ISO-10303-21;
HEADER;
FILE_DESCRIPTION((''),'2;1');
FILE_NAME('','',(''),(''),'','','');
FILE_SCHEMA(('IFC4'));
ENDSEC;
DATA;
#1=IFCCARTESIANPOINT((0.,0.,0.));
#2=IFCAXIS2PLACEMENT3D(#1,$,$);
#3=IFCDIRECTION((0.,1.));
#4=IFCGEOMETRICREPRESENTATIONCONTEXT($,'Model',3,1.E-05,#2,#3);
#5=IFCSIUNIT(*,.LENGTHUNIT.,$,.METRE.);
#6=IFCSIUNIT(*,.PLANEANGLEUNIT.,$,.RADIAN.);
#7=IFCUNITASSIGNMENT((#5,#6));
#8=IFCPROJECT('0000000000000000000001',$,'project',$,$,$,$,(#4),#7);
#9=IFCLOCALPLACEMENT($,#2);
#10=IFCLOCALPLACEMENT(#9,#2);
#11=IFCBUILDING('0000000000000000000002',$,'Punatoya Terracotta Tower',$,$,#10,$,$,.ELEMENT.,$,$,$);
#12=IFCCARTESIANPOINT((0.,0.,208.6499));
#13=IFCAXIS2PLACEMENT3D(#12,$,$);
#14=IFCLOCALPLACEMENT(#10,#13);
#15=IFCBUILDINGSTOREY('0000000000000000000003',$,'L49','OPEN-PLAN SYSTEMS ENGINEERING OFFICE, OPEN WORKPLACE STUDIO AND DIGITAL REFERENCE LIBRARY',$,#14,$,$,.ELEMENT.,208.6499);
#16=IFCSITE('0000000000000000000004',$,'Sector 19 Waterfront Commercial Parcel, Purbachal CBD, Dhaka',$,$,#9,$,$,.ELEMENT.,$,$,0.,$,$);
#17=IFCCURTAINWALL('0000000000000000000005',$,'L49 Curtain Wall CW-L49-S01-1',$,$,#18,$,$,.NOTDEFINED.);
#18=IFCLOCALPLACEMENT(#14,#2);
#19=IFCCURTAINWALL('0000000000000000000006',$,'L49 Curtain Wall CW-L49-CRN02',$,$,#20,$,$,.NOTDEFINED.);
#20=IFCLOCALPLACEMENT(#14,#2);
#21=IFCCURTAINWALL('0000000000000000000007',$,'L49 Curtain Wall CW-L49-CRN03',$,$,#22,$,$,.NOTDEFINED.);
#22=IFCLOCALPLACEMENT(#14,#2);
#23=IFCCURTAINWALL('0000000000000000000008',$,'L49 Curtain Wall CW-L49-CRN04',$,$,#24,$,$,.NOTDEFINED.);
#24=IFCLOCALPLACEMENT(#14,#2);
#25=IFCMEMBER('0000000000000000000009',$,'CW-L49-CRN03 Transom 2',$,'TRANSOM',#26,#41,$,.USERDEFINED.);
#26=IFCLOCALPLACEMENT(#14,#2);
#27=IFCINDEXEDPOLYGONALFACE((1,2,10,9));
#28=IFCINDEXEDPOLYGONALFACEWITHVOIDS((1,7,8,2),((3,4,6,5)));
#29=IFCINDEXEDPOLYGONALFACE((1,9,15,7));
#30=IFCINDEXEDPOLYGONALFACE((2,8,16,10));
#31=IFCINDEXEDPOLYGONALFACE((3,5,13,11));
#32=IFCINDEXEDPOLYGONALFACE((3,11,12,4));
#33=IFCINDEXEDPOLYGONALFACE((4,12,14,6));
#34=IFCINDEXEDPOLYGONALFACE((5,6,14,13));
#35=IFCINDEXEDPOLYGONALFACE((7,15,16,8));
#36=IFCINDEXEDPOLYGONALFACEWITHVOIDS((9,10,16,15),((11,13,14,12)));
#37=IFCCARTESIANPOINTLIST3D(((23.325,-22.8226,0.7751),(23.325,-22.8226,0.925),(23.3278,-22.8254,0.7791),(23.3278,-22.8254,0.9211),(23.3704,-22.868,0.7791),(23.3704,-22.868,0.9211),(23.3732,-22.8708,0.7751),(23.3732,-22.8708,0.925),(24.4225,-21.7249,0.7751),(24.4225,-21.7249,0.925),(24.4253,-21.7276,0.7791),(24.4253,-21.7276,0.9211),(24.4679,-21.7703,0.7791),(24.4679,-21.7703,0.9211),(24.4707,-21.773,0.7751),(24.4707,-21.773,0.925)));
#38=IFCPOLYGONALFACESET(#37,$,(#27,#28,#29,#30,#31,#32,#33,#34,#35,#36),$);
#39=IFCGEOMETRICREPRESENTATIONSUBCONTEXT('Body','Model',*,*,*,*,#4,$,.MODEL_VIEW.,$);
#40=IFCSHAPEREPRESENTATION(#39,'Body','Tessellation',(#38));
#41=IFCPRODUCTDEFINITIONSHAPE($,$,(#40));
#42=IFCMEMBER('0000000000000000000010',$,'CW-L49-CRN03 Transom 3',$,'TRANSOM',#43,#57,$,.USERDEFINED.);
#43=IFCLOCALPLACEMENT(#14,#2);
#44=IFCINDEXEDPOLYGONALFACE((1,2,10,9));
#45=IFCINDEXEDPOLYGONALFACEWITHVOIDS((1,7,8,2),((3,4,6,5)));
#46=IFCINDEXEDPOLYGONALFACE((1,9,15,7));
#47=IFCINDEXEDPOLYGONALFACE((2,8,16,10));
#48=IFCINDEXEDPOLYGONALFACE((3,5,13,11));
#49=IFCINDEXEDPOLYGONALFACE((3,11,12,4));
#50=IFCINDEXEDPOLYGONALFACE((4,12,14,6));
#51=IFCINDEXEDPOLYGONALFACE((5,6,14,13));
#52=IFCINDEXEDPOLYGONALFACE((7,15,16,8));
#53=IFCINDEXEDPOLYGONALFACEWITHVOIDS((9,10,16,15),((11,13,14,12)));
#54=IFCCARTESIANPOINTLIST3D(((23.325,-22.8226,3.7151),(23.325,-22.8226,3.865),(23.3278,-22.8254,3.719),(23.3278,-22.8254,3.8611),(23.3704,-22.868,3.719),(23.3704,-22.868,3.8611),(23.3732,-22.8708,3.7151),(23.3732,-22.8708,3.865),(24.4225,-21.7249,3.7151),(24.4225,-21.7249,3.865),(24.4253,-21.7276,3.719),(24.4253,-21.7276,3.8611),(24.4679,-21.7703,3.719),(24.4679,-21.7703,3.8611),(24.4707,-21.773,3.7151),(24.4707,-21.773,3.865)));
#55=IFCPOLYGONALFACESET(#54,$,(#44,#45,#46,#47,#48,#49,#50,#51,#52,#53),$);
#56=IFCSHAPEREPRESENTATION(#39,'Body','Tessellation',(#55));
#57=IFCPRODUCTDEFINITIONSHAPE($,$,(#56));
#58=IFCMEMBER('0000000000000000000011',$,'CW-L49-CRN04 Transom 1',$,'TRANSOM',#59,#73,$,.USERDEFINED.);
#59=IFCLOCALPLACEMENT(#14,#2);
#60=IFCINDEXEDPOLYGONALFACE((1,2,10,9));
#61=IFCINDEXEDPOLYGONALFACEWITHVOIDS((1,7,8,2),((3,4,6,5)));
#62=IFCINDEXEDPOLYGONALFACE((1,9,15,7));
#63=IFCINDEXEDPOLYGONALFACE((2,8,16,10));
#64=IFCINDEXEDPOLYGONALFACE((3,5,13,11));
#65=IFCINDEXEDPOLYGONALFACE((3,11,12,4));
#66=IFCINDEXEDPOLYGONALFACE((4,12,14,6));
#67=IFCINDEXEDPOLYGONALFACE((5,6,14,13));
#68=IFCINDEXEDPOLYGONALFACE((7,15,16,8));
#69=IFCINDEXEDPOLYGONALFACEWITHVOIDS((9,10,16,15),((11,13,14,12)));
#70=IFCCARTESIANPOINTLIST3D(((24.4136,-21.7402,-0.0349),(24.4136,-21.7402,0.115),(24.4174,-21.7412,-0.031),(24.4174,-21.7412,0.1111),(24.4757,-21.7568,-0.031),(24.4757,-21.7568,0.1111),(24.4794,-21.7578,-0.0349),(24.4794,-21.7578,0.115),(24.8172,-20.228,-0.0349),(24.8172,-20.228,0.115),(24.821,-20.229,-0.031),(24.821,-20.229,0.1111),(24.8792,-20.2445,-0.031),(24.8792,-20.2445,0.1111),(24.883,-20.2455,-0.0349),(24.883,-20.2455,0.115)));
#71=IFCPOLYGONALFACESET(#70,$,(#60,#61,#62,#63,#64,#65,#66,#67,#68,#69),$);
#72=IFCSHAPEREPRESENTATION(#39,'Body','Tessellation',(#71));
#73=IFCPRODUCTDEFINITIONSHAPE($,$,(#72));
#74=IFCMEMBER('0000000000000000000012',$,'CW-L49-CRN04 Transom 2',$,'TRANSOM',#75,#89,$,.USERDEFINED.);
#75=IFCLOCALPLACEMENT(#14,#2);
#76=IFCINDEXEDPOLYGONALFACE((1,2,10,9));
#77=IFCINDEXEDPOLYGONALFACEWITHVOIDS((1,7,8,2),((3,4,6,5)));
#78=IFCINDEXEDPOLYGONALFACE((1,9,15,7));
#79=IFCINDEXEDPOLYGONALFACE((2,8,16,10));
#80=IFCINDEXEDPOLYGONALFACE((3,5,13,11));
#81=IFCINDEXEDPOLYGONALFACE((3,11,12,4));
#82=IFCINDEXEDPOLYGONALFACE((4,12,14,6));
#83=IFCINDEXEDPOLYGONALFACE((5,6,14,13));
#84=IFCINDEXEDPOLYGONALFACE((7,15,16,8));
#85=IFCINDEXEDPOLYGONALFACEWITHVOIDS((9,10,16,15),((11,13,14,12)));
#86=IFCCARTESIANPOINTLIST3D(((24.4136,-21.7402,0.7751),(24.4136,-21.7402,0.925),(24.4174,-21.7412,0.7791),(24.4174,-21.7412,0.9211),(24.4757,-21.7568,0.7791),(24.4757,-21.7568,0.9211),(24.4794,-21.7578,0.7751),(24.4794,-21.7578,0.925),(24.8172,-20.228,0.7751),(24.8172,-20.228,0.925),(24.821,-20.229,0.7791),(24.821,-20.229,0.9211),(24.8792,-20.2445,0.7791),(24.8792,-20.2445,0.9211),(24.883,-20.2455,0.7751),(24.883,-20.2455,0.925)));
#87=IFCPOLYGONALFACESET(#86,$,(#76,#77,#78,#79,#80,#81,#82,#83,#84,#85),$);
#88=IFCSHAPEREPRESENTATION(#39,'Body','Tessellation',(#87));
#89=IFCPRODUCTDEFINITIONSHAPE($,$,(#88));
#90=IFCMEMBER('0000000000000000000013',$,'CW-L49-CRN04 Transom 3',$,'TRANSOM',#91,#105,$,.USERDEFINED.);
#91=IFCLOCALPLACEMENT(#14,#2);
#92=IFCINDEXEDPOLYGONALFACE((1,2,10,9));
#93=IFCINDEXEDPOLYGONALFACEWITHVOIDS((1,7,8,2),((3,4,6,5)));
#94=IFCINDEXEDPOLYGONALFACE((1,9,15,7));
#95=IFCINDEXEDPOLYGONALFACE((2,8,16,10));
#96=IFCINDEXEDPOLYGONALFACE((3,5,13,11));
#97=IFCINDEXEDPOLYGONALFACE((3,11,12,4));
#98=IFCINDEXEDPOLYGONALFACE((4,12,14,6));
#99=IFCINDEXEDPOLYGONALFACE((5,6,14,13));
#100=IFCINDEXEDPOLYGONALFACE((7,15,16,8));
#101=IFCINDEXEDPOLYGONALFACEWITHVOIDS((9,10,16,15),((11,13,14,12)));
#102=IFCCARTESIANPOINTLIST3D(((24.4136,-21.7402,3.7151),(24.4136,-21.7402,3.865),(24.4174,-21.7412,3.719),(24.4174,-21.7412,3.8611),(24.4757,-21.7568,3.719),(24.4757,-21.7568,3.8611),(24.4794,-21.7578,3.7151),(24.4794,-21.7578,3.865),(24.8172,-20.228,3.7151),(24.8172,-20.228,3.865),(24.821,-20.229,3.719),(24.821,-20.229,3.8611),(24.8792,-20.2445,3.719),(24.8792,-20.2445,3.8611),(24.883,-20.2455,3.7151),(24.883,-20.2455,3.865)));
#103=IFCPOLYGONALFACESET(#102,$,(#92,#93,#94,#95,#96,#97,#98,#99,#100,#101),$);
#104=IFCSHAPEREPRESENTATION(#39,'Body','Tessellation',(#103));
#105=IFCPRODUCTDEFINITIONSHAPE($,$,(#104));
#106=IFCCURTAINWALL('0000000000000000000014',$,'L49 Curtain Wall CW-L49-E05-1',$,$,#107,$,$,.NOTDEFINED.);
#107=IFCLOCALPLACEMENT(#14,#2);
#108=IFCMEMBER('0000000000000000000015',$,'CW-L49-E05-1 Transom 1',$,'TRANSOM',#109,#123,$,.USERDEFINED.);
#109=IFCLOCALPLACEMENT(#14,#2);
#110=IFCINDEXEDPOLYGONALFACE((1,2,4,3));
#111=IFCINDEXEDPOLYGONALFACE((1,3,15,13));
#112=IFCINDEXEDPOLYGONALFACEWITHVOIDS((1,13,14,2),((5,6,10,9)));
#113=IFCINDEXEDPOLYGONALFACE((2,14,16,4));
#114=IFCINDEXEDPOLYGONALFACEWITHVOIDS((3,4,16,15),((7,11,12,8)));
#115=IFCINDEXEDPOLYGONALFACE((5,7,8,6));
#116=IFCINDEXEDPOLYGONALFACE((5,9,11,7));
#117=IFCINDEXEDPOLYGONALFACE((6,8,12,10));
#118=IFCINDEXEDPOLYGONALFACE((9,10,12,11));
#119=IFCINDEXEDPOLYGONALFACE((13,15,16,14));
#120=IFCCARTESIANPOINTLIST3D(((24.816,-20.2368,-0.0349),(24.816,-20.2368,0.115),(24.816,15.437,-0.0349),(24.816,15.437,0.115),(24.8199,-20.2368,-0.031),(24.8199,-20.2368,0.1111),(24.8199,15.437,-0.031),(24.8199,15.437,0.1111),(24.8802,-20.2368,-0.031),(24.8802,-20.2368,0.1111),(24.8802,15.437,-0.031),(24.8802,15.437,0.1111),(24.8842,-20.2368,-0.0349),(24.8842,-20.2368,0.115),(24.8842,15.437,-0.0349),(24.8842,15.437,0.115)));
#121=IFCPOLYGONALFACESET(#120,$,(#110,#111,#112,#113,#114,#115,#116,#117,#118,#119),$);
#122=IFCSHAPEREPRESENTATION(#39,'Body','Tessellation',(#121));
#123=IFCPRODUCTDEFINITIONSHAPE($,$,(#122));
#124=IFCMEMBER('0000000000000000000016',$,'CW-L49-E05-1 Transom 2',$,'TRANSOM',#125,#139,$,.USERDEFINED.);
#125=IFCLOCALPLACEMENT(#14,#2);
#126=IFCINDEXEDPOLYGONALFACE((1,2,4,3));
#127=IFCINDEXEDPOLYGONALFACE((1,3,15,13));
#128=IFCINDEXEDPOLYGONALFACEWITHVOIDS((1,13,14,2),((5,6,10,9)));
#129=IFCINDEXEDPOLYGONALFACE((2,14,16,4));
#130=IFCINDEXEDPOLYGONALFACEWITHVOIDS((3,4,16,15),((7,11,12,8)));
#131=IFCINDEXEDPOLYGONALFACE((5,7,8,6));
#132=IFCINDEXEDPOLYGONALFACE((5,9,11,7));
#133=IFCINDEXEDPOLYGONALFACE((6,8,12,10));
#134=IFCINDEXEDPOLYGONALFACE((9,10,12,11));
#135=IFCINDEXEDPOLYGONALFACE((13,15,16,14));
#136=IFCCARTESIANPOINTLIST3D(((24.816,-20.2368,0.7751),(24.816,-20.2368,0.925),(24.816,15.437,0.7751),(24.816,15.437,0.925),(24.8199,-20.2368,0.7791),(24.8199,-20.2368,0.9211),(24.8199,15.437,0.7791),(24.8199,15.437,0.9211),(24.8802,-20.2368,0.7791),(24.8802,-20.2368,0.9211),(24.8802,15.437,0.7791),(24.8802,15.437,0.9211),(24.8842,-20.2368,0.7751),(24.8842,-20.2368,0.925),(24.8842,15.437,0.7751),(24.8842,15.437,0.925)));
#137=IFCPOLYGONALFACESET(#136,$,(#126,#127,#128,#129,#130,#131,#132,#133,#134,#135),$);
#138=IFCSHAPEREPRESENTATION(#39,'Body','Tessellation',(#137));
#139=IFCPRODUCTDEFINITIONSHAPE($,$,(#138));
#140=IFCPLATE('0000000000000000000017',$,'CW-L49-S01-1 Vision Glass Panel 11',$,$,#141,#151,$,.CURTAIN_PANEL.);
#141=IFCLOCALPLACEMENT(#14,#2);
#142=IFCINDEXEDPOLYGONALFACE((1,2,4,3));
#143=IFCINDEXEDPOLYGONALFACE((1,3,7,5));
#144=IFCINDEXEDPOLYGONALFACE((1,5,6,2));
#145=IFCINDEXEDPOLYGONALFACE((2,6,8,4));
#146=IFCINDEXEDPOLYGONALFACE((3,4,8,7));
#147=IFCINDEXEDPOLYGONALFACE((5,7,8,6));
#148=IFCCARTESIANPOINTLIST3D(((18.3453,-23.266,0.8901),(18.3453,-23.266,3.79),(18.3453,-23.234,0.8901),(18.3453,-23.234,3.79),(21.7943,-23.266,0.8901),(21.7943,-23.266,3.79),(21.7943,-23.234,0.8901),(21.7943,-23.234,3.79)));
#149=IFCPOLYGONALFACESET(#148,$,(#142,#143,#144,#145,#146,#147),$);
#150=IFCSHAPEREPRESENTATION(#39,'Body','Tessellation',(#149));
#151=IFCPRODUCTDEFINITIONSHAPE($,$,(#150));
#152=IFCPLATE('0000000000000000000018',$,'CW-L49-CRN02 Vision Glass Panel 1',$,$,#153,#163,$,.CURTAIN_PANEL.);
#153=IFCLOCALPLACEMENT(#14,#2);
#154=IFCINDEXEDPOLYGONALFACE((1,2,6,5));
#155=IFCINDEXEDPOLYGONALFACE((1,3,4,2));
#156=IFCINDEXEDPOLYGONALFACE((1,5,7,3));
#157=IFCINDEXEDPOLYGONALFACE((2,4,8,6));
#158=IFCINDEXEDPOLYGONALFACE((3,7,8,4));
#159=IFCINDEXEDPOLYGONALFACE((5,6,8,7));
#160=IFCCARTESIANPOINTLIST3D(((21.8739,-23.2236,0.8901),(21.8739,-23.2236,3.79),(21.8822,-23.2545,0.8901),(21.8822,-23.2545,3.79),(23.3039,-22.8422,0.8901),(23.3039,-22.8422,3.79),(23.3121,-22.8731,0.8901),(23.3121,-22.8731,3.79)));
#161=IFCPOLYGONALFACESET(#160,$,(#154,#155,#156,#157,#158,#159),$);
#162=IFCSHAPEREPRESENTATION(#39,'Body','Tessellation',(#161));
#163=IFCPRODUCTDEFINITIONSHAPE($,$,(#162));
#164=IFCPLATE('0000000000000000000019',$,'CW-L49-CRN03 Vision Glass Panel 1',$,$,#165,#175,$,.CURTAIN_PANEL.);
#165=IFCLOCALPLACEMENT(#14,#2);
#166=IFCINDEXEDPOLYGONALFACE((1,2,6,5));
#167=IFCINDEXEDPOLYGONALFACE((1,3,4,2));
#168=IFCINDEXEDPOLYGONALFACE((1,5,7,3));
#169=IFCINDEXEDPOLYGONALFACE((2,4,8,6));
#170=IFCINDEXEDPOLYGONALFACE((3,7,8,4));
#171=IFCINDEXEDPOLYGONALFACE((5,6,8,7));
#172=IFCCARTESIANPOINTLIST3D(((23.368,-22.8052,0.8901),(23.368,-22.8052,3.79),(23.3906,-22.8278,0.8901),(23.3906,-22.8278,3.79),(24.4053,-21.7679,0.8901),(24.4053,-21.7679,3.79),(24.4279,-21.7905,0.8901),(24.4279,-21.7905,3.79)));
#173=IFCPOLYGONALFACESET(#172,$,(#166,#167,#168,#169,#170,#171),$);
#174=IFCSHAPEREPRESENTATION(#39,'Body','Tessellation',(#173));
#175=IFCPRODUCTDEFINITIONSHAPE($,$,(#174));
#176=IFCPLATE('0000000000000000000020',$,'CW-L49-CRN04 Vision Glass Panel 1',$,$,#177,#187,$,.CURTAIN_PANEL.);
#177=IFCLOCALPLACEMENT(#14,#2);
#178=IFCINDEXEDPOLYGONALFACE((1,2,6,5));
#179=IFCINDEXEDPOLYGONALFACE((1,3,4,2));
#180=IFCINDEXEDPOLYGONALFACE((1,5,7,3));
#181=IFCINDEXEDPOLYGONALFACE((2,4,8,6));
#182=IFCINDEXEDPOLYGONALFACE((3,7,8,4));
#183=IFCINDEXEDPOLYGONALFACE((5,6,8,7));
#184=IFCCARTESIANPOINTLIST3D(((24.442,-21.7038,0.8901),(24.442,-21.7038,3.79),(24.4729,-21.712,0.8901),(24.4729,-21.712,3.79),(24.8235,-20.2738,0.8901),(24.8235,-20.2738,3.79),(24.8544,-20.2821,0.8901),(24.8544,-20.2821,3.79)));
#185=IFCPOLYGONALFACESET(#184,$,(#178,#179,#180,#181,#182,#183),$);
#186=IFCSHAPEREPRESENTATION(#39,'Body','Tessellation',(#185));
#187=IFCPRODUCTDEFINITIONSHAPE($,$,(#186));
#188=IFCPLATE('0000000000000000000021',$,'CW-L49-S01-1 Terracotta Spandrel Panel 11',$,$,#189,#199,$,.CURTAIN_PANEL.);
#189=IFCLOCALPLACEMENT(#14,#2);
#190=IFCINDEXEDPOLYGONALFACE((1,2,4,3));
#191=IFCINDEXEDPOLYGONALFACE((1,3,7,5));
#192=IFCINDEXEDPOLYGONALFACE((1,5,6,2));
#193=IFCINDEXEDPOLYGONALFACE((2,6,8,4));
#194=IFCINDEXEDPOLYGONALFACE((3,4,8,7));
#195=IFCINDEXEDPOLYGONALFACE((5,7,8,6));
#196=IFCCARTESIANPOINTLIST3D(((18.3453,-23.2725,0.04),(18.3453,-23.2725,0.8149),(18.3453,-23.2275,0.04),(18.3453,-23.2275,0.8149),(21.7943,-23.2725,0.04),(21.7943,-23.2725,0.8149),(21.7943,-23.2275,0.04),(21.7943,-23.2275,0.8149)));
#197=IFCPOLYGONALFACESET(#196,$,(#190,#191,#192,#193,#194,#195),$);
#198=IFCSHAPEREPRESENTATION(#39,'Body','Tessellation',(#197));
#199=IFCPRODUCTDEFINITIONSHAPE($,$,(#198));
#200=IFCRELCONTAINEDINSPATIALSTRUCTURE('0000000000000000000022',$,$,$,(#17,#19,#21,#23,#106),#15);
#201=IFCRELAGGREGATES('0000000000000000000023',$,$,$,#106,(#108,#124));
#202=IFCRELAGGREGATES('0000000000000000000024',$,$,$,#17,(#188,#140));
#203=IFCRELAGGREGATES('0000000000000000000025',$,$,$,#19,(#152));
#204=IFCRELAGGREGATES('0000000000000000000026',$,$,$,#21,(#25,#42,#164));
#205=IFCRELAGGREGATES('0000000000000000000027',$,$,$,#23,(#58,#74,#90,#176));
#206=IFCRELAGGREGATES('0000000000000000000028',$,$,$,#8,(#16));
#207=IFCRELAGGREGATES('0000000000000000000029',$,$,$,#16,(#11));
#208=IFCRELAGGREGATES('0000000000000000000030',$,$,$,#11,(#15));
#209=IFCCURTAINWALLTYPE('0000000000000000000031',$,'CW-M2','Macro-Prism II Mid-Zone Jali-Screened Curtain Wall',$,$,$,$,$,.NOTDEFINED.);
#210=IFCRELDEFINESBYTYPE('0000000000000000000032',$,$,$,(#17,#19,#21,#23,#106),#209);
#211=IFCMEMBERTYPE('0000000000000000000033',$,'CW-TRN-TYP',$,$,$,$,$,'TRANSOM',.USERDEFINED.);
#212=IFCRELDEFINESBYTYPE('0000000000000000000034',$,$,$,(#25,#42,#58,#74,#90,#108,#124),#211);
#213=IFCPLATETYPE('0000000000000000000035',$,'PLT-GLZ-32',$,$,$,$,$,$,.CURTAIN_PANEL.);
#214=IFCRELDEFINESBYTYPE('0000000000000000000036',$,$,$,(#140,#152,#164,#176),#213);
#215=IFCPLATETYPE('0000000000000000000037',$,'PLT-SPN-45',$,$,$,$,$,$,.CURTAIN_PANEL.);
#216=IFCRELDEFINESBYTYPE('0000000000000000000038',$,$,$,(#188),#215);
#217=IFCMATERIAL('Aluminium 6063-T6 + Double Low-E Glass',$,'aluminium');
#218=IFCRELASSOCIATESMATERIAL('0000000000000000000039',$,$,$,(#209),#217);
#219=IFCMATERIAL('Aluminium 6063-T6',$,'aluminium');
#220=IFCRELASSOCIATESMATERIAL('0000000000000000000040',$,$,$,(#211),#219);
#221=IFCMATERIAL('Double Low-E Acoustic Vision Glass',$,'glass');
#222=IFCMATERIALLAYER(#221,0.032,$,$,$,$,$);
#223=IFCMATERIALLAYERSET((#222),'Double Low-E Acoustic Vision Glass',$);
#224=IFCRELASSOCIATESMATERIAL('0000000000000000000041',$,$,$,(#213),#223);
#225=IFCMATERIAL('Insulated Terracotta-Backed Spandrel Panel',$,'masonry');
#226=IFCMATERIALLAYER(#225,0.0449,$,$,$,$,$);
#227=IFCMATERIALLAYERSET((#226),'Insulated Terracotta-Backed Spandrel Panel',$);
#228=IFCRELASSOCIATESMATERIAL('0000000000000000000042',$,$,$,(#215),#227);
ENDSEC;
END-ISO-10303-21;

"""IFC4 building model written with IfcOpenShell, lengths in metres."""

from ifc_helpers import new_model, si_unit, direction, frame, origin, origin_2d, place, context, subcontext, project, spatial, rectangle, hollow_rectangle, extrude, material, layer, layer_set, material_profile, profile_set, type_object, element, aggregate, save


model = new_model("IFC4")

# Units and contexts
model_context = context("Model", 3, precision=1e-05, world=origin(), true_north=direction((0.0, 1.0)))
body_context = subcontext(model_context, "Body", "Model", "MODEL_VIEW")
ifc_project = project(units=[si_unit("LENGTHUNIT", "METRE"), si_unit("PLANEANGLEUNIT", "RADIAN")], contexts=[model_context])

# Site, building, storey
site_placement = place(None, origin())
site = spatial("IfcSite", under=ifc_project, at=site_placement, Name="Sector 19 Waterfront Commercial Parcel, Purbachal CBD, Dhaka", CompositionType="ELEMENT", RefElevation=0.0)
building_placement = place(site_placement, origin())
building = spatial("IfcBuilding", under=site, at=building_placement, Name="Punatoya Terracotta Tower", CompositionType="ELEMENT")
storey_placement = place(building_placement, frame((0.0, 0.0, 208.6499)))
storey = spatial("IfcBuildingStorey", under=building, at=storey_placement, Name="L49", Description="OPEN-PLAN SYSTEMS ENGINEERING OFFICE, OPEN WORKPLACE STUDIO AND DIGITAL REFERENCE LIBRARY", CompositionType="ELEMENT", Elevation=208.6499)

# Curtain wall
ifc_material_1 = material(Name="Aluminium 6063-T6 + Double Low-E Glass", Category="aluminium")
curtain_wall_type = type_object("IfcCurtainWallType", Name="CW-M2", Description="Macro-Prism II Mid-Zone Jali-Screened Curtain Wall", PredefinedType="NOTDEFINED", material=ifc_material_1)
curtain_wall_1_placement = place(storey_placement, origin())
curtain_wall_1 = element("IfcCurtainWall", 1, at=curtain_wall_1_placement, inside=storey, type_object=curtain_wall_type, Name="L49 Curtain Wall CW-L49-S01-1", PredefinedType="NOTDEFINED")
ifc_material_2 = material(Name="Aluminium 6063-T6", Category="aluminium")

# Curtain walls
curtain_wall_2_placement = place(storey_placement, origin())
curtain_wall_2 = element("IfcCurtainWall", 2, at=curtain_wall_2_placement, inside=storey, type_object=curtain_wall_type, Name="L49 Curtain Wall CW-L49-CRN02", PredefinedType="NOTDEFINED")
curtain_wall_3_placement = place(storey_placement, origin())
curtain_wall_3 = element("IfcCurtainWall", 3, at=curtain_wall_3_placement, inside=storey, type_object=curtain_wall_type, Name="L49 Curtain Wall CW-L49-CRN03", PredefinedType="NOTDEFINED")
curtain_wall_4_placement = place(storey_placement, origin())
curtain_wall_4 = element("IfcCurtainWall", 4, at=curtain_wall_4_placement, inside=storey, type_object=curtain_wall_type, Name="L49 Curtain Wall CW-L49-CRN04", PredefinedType="NOTDEFINED")

# Members
ifc_material_profile_1 = material_profile(ifc_material_2, hollow_rectangle(XDim=0.0681, YDim=0.1499, WallThickness=0.0039, at=origin_2d()))
ifc_profile_set_1 = profile_set([ifc_material_profile_1], Name="Aluminium 6063-T6")
member_type_1 = type_object("IfcMemberType", Name="CW-TRN-TYP", ElementType="TRANSOM", PredefinedType="USERDEFINED", material=ifc_profile_set_1)
member_1_placement = place(storey_placement, frame((23.3491, -22.8467, 0.8501), z_axis=(0.707028, 0.707185, 0.0), x_axis=(-0.707185, 0.707028, 0.0)))
member_1 = element("IfcMember", 5, at=member_1_placement, type_object=member_type_1, Name="CW-L49-CRN03 Transom 2", ObjectType="TRANSOM", PredefinedType="USERDEFINED", context=body_context, shape_type="SweptSolid", body=[
    extrude(hollow_rectangle(XDim=0.0681, YDim=0.1499, WallThickness=0.0039, at=origin_2d()), origin(), (0.0, 0.0, 1.0), 1.5522),
])
member_2_placement = place(storey_placement, frame((23.3491, -22.8467, 3.79), z_axis=(0.707028, 0.707185, 0.0), x_axis=(-0.707185, 0.707028, 0.0)))
member_2 = element("IfcMember", 6, at=member_2_placement, type_object=member_type_1, Name="CW-L49-CRN03 Transom 3", ObjectType="TRANSOM", PredefinedType="USERDEFINED", context=body_context, shape_type="SweptSolid", body=[
    extrude(hollow_rectangle(XDim=0.0681, YDim=0.1499, WallThickness=0.0039, at=origin_2d()), origin(), (0.0, 0.0, 1.0), 1.5522),
])
member_3_placement = place(storey_placement, frame((24.4465, -21.749, 0.04), z_axis=(0.257847, 0.966186, 0.0), x_axis=(-0.966186, 0.257847, 0.0)))
member_3 = element("IfcMember", 7, at=member_3_placement, type_object=member_type_1, Name="CW-L49-CRN04 Transom 1", ObjectType="TRANSOM", PredefinedType="USERDEFINED", context=body_context, shape_type="SweptSolid", body=[
    extrude(hollow_rectangle(XDim=0.0681, YDim=0.1499, WallThickness=0.0039, at=origin_2d()), origin(), (0.0, 0.0, 1.0), 1.5652),
])
member_4_placement = place(storey_placement, frame((24.4465, -21.749, 0.8501), z_axis=(0.257847, 0.966186, 0.0), x_axis=(-0.966186, 0.257847, 0.0)))
member_4 = element("IfcMember", 8, at=member_4_placement, type_object=member_type_1, Name="CW-L49-CRN04 Transom 2", ObjectType="TRANSOM", PredefinedType="USERDEFINED", context=body_context, shape_type="SweptSolid", body=[
    extrude(hollow_rectangle(XDim=0.0681, YDim=0.1499, WallThickness=0.0039, at=origin_2d()), origin(), (0.0, 0.0, 1.0), 1.5652),
])
member_5_placement = place(storey_placement, frame((24.4465, -21.749, 3.79), z_axis=(0.257847, 0.966186, 0.0), x_axis=(-0.966186, 0.257847, 0.0)))
member_5 = element("IfcMember", 9, at=member_5_placement, type_object=member_type_1, Name="CW-L49-CRN04 Transom 3", ObjectType="TRANSOM", PredefinedType="USERDEFINED", context=body_context, shape_type="SweptSolid", body=[
    extrude(hollow_rectangle(XDim=0.0681, YDim=0.1499, WallThickness=0.0039, at=origin_2d()), origin(), (0.0, 0.0, 1.0), 1.5652),
])

# Curtain wall, members
curtain_wall_5_placement = place(storey_placement, origin())
curtain_wall_5 = element("IfcCurtainWall", 10, at=curtain_wall_5_placement, inside=storey, type_object=curtain_wall_type, Name="L49 Curtain Wall CW-L49-E05-1", PredefinedType="NOTDEFINED")
member_6_placement = place(storey_placement, frame((24.8501, -20.2368, 0.04), z_axis=(0.0, 1.0, 0.0), x_axis=(-1.0, 0.0, 0.0)))
member_6 = element("IfcMember", 11, at=member_6_placement, type_object=member_type_1, Name="CW-L49-E05-1 Transom 1", ObjectType="TRANSOM", PredefinedType="USERDEFINED", context=body_context, shape_type="SweptSolid", body=[
    extrude(hollow_rectangle(XDim=0.0681, YDim=0.1499, WallThickness=0.0039, at=origin_2d()), origin(), (0.0, 0.0, 1.0), 35.6738),
])
member_7_placement = place(storey_placement, frame((24.8501, -20.2368, 0.8501), z_axis=(0.0, 1.0, 0.0), x_axis=(-1.0, 0.0, 0.0)))
member_7 = element("IfcMember", 12, at=member_7_placement, type_object=member_type_1, Name="CW-L49-E05-1 Transom 2", ObjectType="TRANSOM", PredefinedType="USERDEFINED", context=body_context, shape_type="SweptSolid", body=[
    extrude(hollow_rectangle(XDim=0.0681, YDim=0.1499, WallThickness=0.0039, at=origin_2d()), origin(), (0.0, 0.0, 1.0), 35.6738),
])
aggregate(curtain_wall_5, [member_6, member_7])

# Plates
ifc_material_3 = material(Name="Double Low-E Acoustic Vision Glass", Category="glass")
ifc_layer_1 = layer(ifc_material_3, 0.032)
ifc_layer_set_1 = layer_set([ifc_layer_1], Name="Double Low-E Acoustic Vision Glass")
plate_type_1 = type_object("IfcPlateType", Name="PLT-GLZ-32", PredefinedType="CURTAIN_PANEL", material=ifc_layer_set_1)
plate_1_placement = place(storey_placement, frame((20.0698, -23.25, 0.8901), z_axis=(0.0, 0.0, 1.0), x_axis=(1.0, 0.0, 0.0)))
plate_1 = element("IfcPlate", 13, at=plate_1_placement, type_object=plate_type_1, Name="CW-L49-S01-1 Vision Glass Panel 11", PredefinedType="CURTAIN_PANEL", context=body_context, shape_type="SweptSolid", body=[
    extrude(rectangle(XDim=3.449, YDim=0.032, at=origin_2d()), origin(), (0.0, 0.0, 1.0), 2.8999),
])
plate_2_placement = place(storey_placement, frame((22.593, -23.0483, 0.8901), z_axis=(0.0, 0.0, 1.0), x_axis=(0.966214, 0.257742, 0.0)))
plate_2 = element("IfcPlate", 14, at=plate_2_placement, type_object=plate_type_1, Name="CW-L49-CRN02 Vision Glass Panel 1", PredefinedType="CURTAIN_PANEL", context=body_context, shape_type="SweptSolid", body=[
    extrude(rectangle(XDim=1.48, YDim=0.032, at=origin_2d()), origin(), (0.0, 0.0, 1.0), 2.8999),
])
plate_3_placement = place(storey_placement, frame((23.8979, -22.2979, 0.8901), z_axis=(0.0, 0.0, 1.0), x_axis=(0.707107, 0.707107, 0.0)))
plate_3 = element("IfcPlate", 15, at=plate_3_placement, type_object=plate_type_1, Name="CW-L49-CRN03 Vision Glass Panel 1", PredefinedType="CURTAIN_PANEL", context=body_context, shape_type="SweptSolid", body=[
    extrude(rectangle(XDim=1.467, YDim=0.032, at=origin_2d()), origin(), (0.0, 0.0, 1.0), 2.8999),
])
plate_4_placement = place(storey_placement, frame((24.6482, -20.9929, 0.8901), z_axis=(0.0, 0.0, 1.0), x_axis=(0.257742, 0.966214, 0.0)))
plate_4 = element("IfcPlate", 16, at=plate_4_placement, type_object=plate_type_1, Name="CW-L49-CRN04 Vision Glass Panel 1", PredefinedType="CURTAIN_PANEL", context=body_context, shape_type="SweptSolid", body=[
    extrude(rectangle(XDim=1.48, YDim=0.032, at=origin_2d()), origin(), (0.0, 0.0, 1.0), 2.8999),
])
ifc_material_4 = material(Name="Insulated Terracotta-Backed Spandrel Panel", Category="masonry")
ifc_layer_2 = layer(ifc_material_4, 0.0449)
ifc_layer_set_2 = layer_set([ifc_layer_2], Name="Insulated Terracotta-Backed Spandrel Panel")
plate_type_2 = type_object("IfcPlateType", Name="PLT-SPN-45", PredefinedType="CURTAIN_PANEL", material=ifc_layer_set_2)
plate_5_placement = place(storey_placement, frame((20.0698, -23.25, 0.04), z_axis=(0.0, 0.0, 1.0), x_axis=(1.0, 0.0, 0.0)))
plate_5 = element("IfcPlate", 17, at=plate_5_placement, type_object=plate_type_2, Name="CW-L49-S01-1 Terracotta Spandrel Panel 11", PredefinedType="CURTAIN_PANEL", context=body_context, shape_type="SweptSolid", body=[
    extrude(rectangle(XDim=3.449, YDim=0.0449, at=origin_2d()), origin(), (0.0, 0.0, 1.0), 0.7749),
])
aggregate(curtain_wall_1, [plate_5, plate_1])
aggregate(curtain_wall_2, [plate_2])
aggregate(curtain_wall_3, [member_1, member_2, plate_3])
aggregate(curtain_wall_4, [member_3, member_4, member_5, plate_4])

save(model, "model.ifc")
